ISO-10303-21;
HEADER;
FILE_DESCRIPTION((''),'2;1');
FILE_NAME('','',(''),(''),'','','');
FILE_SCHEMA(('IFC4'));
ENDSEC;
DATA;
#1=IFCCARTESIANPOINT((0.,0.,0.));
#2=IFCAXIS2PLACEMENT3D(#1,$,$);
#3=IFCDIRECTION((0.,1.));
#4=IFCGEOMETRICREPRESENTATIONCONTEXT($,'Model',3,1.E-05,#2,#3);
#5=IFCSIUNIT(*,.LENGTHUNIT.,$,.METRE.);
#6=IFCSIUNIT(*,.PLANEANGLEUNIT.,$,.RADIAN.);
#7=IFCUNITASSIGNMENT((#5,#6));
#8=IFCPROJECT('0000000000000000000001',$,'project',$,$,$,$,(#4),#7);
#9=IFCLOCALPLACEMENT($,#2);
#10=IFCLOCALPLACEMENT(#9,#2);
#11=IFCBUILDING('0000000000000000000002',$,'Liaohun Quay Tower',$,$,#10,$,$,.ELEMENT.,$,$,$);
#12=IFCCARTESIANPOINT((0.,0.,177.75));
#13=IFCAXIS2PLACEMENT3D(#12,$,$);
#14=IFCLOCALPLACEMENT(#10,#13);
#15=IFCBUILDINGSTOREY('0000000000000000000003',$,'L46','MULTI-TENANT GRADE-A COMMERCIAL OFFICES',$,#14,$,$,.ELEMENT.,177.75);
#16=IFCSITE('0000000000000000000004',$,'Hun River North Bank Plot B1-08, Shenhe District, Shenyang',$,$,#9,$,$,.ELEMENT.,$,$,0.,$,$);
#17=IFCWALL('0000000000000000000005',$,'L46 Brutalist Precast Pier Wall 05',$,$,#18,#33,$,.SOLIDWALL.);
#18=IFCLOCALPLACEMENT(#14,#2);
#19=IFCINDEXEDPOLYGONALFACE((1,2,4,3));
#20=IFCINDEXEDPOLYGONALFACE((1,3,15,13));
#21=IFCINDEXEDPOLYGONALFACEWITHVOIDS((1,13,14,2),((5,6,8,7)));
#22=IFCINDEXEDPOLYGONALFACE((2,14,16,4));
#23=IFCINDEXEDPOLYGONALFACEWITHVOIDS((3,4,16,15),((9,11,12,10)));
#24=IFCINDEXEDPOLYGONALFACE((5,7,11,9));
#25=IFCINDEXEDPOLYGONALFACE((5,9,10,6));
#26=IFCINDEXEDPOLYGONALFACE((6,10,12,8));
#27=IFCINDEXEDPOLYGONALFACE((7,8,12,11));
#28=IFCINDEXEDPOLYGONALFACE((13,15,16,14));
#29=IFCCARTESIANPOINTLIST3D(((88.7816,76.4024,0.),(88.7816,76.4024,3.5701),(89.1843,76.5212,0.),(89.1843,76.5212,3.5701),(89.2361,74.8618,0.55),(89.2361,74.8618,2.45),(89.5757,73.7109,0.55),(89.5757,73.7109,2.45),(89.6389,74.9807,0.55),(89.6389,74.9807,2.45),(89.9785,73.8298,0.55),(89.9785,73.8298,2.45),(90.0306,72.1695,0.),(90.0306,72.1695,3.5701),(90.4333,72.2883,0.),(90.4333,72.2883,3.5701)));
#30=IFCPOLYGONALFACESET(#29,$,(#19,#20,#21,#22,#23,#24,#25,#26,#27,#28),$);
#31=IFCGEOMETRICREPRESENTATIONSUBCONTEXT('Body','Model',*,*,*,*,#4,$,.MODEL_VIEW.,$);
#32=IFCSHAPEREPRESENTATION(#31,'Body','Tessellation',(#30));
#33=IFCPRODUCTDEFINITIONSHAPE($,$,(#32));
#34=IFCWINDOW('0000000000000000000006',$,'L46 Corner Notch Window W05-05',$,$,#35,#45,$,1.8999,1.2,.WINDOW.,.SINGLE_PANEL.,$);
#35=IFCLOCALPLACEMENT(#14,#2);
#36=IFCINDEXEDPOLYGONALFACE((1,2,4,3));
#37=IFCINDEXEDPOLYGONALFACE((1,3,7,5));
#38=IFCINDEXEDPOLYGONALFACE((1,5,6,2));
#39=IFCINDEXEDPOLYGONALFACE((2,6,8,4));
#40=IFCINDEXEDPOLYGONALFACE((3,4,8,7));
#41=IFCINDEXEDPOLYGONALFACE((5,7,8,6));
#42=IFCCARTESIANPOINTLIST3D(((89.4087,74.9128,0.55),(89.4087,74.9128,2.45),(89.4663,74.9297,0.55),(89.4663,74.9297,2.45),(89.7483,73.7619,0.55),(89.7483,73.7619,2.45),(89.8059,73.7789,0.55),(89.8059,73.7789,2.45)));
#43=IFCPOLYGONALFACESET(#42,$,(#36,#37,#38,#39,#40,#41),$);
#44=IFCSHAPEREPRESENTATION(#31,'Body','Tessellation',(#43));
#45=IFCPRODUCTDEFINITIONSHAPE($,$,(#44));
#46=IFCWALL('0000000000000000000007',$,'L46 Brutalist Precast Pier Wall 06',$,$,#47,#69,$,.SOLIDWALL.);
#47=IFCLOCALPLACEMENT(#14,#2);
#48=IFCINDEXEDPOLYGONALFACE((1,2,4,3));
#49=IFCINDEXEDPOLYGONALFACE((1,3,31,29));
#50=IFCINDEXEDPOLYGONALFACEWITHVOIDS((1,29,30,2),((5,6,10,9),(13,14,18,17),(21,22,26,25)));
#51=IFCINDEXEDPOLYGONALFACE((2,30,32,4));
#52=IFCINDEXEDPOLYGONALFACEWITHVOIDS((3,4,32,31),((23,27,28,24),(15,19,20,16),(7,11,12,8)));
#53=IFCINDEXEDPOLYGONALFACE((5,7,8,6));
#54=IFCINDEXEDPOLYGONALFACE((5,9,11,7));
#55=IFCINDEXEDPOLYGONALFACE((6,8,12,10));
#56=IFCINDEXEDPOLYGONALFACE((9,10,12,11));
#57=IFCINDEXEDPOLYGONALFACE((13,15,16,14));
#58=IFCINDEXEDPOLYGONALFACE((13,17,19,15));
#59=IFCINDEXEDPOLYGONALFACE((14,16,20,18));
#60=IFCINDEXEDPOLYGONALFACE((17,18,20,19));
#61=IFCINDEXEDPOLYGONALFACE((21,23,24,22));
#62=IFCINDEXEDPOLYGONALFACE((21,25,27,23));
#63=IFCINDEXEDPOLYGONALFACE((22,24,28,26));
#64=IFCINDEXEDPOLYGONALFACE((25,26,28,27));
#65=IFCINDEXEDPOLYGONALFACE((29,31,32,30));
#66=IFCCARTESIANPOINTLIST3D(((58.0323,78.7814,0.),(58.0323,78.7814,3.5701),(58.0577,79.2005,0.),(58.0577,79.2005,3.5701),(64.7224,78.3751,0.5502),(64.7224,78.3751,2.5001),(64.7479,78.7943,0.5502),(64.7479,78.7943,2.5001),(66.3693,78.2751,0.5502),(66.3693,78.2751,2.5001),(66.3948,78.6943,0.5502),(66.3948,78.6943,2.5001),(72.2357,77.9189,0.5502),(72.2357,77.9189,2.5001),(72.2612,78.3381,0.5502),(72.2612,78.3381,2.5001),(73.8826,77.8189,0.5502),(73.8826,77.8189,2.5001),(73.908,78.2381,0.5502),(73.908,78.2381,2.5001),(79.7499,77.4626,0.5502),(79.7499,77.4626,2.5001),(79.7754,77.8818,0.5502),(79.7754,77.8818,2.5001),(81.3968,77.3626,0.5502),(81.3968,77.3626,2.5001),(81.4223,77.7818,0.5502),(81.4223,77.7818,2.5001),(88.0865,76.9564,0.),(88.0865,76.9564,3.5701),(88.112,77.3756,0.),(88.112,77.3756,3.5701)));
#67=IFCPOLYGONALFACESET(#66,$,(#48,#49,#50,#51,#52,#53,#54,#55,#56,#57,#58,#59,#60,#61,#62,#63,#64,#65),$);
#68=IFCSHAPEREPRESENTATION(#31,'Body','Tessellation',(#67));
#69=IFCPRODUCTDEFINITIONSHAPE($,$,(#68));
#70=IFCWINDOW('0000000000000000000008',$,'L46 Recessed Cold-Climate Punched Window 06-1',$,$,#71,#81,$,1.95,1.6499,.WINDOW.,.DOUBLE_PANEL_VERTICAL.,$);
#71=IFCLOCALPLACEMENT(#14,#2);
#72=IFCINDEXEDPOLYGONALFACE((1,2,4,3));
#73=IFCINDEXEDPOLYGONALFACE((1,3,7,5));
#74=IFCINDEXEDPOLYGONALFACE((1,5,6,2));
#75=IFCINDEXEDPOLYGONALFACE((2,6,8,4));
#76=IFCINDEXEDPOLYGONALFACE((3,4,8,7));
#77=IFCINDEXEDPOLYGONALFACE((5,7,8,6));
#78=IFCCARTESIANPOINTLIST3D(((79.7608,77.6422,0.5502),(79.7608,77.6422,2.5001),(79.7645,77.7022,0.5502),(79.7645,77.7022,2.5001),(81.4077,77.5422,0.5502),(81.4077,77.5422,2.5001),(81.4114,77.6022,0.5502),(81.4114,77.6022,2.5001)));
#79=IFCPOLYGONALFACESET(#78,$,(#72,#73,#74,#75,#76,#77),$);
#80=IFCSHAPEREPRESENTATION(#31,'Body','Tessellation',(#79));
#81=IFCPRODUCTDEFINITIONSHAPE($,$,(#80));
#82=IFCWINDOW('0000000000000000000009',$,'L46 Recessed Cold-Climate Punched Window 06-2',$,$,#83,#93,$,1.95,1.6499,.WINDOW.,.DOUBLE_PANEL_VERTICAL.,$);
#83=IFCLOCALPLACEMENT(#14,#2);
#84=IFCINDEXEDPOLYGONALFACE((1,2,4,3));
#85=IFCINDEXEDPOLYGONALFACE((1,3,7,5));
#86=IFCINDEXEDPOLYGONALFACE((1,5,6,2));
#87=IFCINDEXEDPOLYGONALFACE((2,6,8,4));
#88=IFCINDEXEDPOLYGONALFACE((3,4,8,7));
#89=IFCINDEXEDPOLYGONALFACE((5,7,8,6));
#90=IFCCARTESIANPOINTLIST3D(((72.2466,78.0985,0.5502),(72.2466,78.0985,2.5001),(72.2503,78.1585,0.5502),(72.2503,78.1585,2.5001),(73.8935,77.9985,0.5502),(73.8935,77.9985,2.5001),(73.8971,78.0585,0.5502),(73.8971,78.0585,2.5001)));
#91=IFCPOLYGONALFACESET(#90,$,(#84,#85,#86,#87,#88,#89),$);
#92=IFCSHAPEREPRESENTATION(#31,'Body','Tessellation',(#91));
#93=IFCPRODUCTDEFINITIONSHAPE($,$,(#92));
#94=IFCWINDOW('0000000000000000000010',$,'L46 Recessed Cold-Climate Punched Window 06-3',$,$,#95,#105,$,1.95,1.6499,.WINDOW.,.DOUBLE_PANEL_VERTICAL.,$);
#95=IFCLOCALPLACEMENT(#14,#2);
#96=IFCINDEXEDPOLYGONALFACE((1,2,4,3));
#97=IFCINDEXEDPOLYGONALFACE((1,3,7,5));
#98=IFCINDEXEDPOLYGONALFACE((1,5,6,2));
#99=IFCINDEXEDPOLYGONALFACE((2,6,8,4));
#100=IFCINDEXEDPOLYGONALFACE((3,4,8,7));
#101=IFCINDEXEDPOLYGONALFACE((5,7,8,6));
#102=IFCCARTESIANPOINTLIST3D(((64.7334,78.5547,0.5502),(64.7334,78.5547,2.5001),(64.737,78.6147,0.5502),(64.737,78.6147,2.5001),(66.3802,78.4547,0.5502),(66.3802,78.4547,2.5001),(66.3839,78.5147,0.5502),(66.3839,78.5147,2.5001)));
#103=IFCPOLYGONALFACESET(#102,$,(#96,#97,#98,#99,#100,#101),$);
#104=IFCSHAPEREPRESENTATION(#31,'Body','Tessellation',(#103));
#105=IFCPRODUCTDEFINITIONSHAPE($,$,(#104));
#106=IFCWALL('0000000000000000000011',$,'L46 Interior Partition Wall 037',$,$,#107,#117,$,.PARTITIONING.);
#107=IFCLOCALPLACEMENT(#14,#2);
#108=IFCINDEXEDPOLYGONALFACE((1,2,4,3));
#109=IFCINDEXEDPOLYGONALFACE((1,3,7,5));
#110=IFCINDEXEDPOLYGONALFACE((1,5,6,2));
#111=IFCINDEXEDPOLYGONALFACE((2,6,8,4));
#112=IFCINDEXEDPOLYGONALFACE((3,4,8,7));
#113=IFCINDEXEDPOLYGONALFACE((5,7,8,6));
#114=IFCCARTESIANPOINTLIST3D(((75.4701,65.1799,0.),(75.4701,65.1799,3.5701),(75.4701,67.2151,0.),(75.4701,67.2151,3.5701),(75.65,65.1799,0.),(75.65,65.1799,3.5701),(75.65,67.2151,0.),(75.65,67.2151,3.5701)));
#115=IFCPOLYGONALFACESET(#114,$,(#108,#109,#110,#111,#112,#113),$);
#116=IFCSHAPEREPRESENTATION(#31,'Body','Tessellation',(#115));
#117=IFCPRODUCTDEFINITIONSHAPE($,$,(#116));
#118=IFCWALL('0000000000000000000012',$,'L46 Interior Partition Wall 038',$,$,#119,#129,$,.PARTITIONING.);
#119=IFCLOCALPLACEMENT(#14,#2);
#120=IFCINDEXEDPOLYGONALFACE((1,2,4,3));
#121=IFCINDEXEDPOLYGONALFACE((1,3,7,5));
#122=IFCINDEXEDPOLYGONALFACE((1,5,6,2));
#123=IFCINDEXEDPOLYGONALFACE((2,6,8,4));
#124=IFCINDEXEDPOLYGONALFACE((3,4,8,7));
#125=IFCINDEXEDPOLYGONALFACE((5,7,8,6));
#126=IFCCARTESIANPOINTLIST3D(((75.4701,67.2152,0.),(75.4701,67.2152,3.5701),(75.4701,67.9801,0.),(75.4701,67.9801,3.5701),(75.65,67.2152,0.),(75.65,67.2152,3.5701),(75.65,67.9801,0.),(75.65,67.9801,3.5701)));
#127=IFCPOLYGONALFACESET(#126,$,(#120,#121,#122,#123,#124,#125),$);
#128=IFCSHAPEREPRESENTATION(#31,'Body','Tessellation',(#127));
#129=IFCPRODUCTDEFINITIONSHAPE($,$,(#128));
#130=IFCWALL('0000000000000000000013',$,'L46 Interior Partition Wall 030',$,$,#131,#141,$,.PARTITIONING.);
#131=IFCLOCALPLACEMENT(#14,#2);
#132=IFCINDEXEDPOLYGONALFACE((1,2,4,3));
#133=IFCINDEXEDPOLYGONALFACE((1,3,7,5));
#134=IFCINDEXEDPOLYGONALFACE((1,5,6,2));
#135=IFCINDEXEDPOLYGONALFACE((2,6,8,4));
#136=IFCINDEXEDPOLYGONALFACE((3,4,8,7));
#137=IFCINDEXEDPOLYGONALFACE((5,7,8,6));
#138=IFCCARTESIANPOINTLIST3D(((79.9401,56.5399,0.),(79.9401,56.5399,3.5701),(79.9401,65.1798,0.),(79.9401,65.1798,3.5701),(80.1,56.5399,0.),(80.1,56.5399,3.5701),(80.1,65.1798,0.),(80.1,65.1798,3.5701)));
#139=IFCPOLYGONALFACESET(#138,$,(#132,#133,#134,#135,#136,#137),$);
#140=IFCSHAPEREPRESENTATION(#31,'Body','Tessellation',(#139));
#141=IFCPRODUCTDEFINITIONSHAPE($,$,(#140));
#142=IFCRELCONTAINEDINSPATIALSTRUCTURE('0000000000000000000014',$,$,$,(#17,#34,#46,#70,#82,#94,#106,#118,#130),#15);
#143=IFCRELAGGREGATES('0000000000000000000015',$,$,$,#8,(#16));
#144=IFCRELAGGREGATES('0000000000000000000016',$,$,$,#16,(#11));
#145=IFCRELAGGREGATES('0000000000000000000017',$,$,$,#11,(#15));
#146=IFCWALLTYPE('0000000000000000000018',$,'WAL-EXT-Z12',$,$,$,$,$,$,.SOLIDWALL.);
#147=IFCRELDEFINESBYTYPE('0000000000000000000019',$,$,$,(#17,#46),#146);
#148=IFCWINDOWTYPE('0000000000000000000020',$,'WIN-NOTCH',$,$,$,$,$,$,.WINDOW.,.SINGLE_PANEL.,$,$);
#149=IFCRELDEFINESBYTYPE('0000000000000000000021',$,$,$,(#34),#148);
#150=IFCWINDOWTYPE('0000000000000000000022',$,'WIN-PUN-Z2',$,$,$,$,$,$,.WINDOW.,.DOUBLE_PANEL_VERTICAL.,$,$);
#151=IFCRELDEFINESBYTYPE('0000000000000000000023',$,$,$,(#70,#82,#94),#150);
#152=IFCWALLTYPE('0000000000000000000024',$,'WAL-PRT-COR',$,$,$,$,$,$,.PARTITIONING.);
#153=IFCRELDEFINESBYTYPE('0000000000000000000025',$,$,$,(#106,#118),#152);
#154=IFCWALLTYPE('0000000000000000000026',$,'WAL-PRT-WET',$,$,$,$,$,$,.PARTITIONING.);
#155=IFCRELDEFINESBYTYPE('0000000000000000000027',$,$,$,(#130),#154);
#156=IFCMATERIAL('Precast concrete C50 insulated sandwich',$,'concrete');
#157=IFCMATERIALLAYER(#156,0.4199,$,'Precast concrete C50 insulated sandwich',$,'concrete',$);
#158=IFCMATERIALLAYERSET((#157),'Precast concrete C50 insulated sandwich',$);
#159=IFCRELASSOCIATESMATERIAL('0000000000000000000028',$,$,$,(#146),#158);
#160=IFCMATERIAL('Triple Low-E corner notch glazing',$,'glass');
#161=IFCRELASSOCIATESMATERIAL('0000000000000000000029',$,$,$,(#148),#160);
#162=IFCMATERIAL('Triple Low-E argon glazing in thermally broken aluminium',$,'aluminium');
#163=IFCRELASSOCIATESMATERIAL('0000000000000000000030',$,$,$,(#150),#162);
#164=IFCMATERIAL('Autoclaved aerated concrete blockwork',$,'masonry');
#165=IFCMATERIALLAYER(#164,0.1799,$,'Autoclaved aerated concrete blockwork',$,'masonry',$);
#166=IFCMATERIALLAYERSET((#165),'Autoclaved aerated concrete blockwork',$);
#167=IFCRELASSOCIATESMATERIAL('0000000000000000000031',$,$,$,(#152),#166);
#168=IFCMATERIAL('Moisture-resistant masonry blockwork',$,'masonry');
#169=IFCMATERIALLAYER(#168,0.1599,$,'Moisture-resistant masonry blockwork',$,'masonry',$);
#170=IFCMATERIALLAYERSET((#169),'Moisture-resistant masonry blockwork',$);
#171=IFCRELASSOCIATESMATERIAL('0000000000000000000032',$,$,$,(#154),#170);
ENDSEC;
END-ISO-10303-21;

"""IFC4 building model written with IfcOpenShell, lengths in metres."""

from ifc_helpers import new_model, si_unit, direction, frame, frame_2d, origin, place, context, subcontext, project, spatial, rectangle, extrude, source, transform, mapped, material, layer, layer_set, type_object, element, fill, save


model = new_model("IFC4")

# Units and contexts
model_context = context("Model", 3, precision=1e-05, world=origin(), true_north=direction((0.0, 1.0)))
body_context = subcontext(model_context, "Body", "Model", "MODEL_VIEW")
ifc_project = project(units=[si_unit("LENGTHUNIT", "METRE"), si_unit("PLANEANGLEUNIT", "RADIAN")], contexts=[model_context])

# Site, building, storey
site_placement = place(None, origin())
site = spatial("IfcSite", under=ifc_project, at=site_placement, Name="Hun River North Bank Plot B1-08, Shenhe District, Shenyang", CompositionType="ELEMENT", RefElevation=0.0)
building_placement = place(site_placement, origin())
building = spatial("IfcBuilding", under=site, at=building_placement, Name="Liaohun Quay Tower", CompositionType="ELEMENT")
storey_placement = place(building_placement, frame((0.0, 0.0, 177.75)))
storey = spatial("IfcBuildingStorey", under=building, at=storey_placement, Name="L46", Description="MULTI-TENANT GRADE-A COMMERCIAL OFFICES", CompositionType="ELEMENT", Elevation=177.75)

# Wall, opening, window
ifc_material_1 = material(Name="Precast concrete C50 insulated sandwich", Category="concrete")
ifc_layer_1 = layer(ifc_material_1, 0.4199, Name="Precast concrete C50 insulated sandwich", Category="concrete")
ifc_layer_set_1 = layer_set([ifc_layer_1], Name="Precast concrete C50 insulated sandwich")
wall_type_1 = type_object("IfcWallType", Name="WAL-EXT-Z12", PredefinedType="SOLIDWALL", material=ifc_layer_set_1)
shared_shape_1 = source(origin(), body_context, "Body", "SweptSolid", [
    extrude(rectangle(XDim=1.2, YDim=1.8999, at=frame_2d((0.6001, 0.95))), frame((0.0, 0.22, 0.0), z_axis=(0.0, -1.0, 0.0), x_axis=(1.0, 0.0, 0.0)), (0.0, 0.0, 1.0), 0.4399),
])
ifc_material_2 = material(Name="Triple Low-E corner notch glazing", Category="glass")
window_type_1 = type_object("IfcWindowType", Name="WIN-NOTCH", PartitioningType="SINGLE_PANEL", PredefinedType="WINDOW", material=ifc_material_2)
shared_shape_2 = source(origin(), body_context, "Body", "SweptSolid", [
    extrude(rectangle(XDim=1.2, YDim=1.8999, at=frame_2d((0.6001, 0.95))), frame((0.0, 0.03, 0.0), z_axis=(0.0, -1.0, 0.0), x_axis=(1.0, 0.0, 0.0)), (0.0, 0.0, 1.0), 0.0601),
])
wall_1_placement = place(storey_placement, frame((90.2319, 72.229, 0.0), z_axis=(0.0, 0.0, 1.0), x_axis=(-0.283011, 0.959117, 0.0)))
wall_1 = element("IfcWall", 1, at=wall_1_placement, inside=storey, type_object=wall_type_1, Name="L46 Brutalist Precast Pier Wall 05", PredefinedType="SOLIDWALL", context=body_context, shape_type="SweptSolid", body=[
    extrude(rectangle(XDim=4.4133, YDim=0.4199, at=frame_2d((2.2065, 0.0))), origin(), (0.0, 0.0, 1.0), 3.5701),
])
opening_1_placement = place(wall_1_placement, frame((1.6069, 0.0, 0.55)))
opening_1 = element("IfcOpeningElement", 2, at=opening_1_placement, cuts=wall_1, PredefinedType="OPENING", context=body_context, shape_type="MappedRepresentation", body=[
    mapped(shared_shape_1, transform((0.0, 0.0, 0.0), x_axis=(1.0, 0.0, 0.0), y_axis=(0.0, 1.0, 0.0), z_axis=(0.0, 0.0, 1.0), scale=1.0)),
])
window_1_placement = place(opening_1_placement, origin())
window_1 = element("IfcWindow", 3, at=window_1_placement, inside=storey, type_object=window_type_1, Name="L46 Corner Notch Window W05-05", OverallHeight=1.8999, OverallWidth=1.2, PartitioningType="SINGLE_PANEL", PredefinedType="WINDOW", context=body_context, shape_type="MappedRepresentation", body=[
    mapped(shared_shape_2, transform((0.0, 0.0, 0.0), x_axis=(1.0, 0.0, 0.0), y_axis=(0.0, 1.0, 0.0), z_axis=(0.0, 0.0, 1.0), scale=1.0)),
])
fill(opening_1, window_1)

# Wall, openings, windows
wall_2_placement = place(storey_placement, frame((88.0991, 77.166, 0.0), z_axis=(0.0, 0.0, 1.0), x_axis=(-0.998162, 0.06061, 0.0)))
wall_2 = element("IfcWall", 4, at=wall_2_placement, inside=storey, type_object=wall_type_1, Name="L46 Brutalist Precast Pier Wall 06", PredefinedType="SOLIDWALL", context=body_context, shape_type="SweptSolid", body=[
    extrude(rectangle(XDim=30.1096, YDim=0.4199, at=frame_2d((15.0547, 0.0))), origin(), (0.0, 0.0, 1.0), 3.5701),
])
shared_shape_3 = source(origin(), body_context, "Body", "SweptSolid", [
    extrude(rectangle(XDim=1.6499, YDim=1.95, at=frame_2d((0.825, 0.9751))), frame((0.0, 0.22, 0.0), z_axis=(0.0, -1.0, 0.0), x_axis=(1.0, 0.0, 0.0)), (0.0, 0.0, 1.0), 0.4399),
])
opening_2_placement = place(wall_2_placement, frame((6.7019, 0.0, 0.55)))
opening_2 = element("IfcOpeningElement", 5, at=opening_2_placement, cuts=wall_2, PredefinedType="OPENING", context=body_context, shape_type="MappedRepresentation", body=[
    mapped(shared_shape_3, transform((0.0, 0.0, 0.0), x_axis=(1.0, 0.0, 0.0), y_axis=(0.0, 1.0, 0.0), z_axis=(0.0, 0.0, 1.0), scale=1.0)),
])
opening_3_placement = place(wall_2_placement, frame((14.23, 0.0, 0.55)))
opening_3 = element("IfcOpeningElement", 6, at=opening_3_placement, cuts=wall_2, PredefinedType="OPENING", context=body_context, shape_type="MappedRepresentation", body=[
    mapped(shared_shape_3, transform((0.0, 0.0, 0.0), x_axis=(1.0, 0.0, 0.0), y_axis=(0.0, 1.0, 0.0), z_axis=(0.0, 0.0, 1.0), scale=1.0)),
])
opening_4_placement = place(wall_2_placement, frame((21.7571, 0.0, 0.55)))
opening_4 = element("IfcOpeningElement", 7, at=opening_4_placement, cuts=wall_2, PredefinedType="OPENING", context=body_context, shape_type="MappedRepresentation", body=[
    mapped(shared_shape_3, transform((0.0, 0.0, 0.0), x_axis=(1.0, 0.0, 0.0), y_axis=(0.0, 1.0, 0.0), z_axis=(0.0, 0.0, 1.0), scale=1.0)),
])
ifc_material_3 = material(Name="Triple Low-E argon glazing in thermally broken aluminium", Category="aluminium")
window_type_2 = type_object("IfcWindowType", Name="WIN-PUN-Z2", PartitioningType="DOUBLE_PANEL_VERTICAL", PredefinedType="WINDOW", material=ifc_material_3)
shared_shape_4 = source(origin(), body_context, "Body", "SweptSolid", [
    extrude(rectangle(XDim=1.6499, YDim=1.95, at=frame_2d((0.825, 0.9751))), frame((0.0, 0.03, 0.0), z_axis=(0.0, -1.0, 0.0), x_axis=(1.0, 0.0, 0.0)), (0.0, 0.0, 1.0), 0.0601),
])
window_2_placement = place(opening_2_placement, origin())
window_2 = element("IfcWindow", 8, at=window_2_placement, inside=storey, type_object=window_type_2, Name="L46 Recessed Cold-Climate Punched Window 06-1", OverallHeight=1.95, OverallWidth=1.6499, PartitioningType="DOUBLE_PANEL_VERTICAL", PredefinedType="WINDOW", context=body_context, shape_type="MappedRepresentation", body=[
    mapped(shared_shape_4, transform((0.0, 0.0, 0.0), x_axis=(1.0, 0.0, 0.0), y_axis=(0.0, 1.0, 0.0), z_axis=(0.0, 0.0, 1.0), scale=1.0)),
])
fill(opening_2, window_2)
window_3_placement = place(opening_3_placement, origin())
window_3 = element("IfcWindow", 9, at=window_3_placement, inside=storey, type_object=window_type_2, Name="L46 Recessed Cold-Climate Punched Window 06-2", OverallHeight=1.95, OverallWidth=1.6499, PartitioningType="DOUBLE_PANEL_VERTICAL", PredefinedType="WINDOW", context=body_context, shape_type="MappedRepresentation", body=[
    mapped(shared_shape_4, transform((0.0, 0.0, 0.0), x_axis=(1.0, 0.0, 0.0), y_axis=(0.0, 1.0, 0.0), z_axis=(0.0, 0.0, 1.0), scale=1.0)),
])
fill(opening_3, window_3)
window_4_placement = place(opening_4_placement, origin())
window_4 = element("IfcWindow", 10, at=window_4_placement, inside=storey, type_object=window_type_2, Name="L46 Recessed Cold-Climate Punched Window 06-3", OverallHeight=1.95, OverallWidth=1.6499, PartitioningType="DOUBLE_PANEL_VERTICAL", PredefinedType="WINDOW", context=body_context, shape_type="MappedRepresentation", body=[
    mapped(shared_shape_4, transform((0.0, 0.0, 0.0), x_axis=(1.0, 0.0, 0.0), y_axis=(0.0, 1.0, 0.0), z_axis=(0.0, 0.0, 1.0), scale=1.0)),
])
fill(opening_4, window_4)

# Walls
ifc_material_4 = material(Name="Autoclaved aerated concrete blockwork", Category="masonry")
ifc_layer_2 = layer(ifc_material_4, 0.1799, Name="Autoclaved aerated concrete blockwork", Category="masonry")
ifc_layer_set_2 = layer_set([ifc_layer_2], Name="Autoclaved aerated concrete blockwork")
wall_type_2 = type_object("IfcWallType", Name="WAL-PRT-COR", PredefinedType="PARTITIONING", material=ifc_layer_set_2)
wall_3_placement = place(storey_placement, frame((75.5601, 67.2151, 0.0), z_axis=(0.0, 0.0, 1.0), x_axis=(0.0, -1.0, 0.0)))
element("IfcWall", 11, at=wall_3_placement, inside=storey, type_object=wall_type_2, Name="L46 Interior Partition Wall 037", PredefinedType="PARTITIONING", context=body_context, shape_type="SweptSolid", body=[
    extrude(rectangle(XDim=2.0352, YDim=0.1799, at=frame_2d((1.0176, 0.0))), origin(), (0.0, 0.0, 1.0), 3.5701),
])
wall_4_placement = place(storey_placement, frame((75.5601, 67.98, 0.0), z_axis=(0.0, 0.0, 1.0), x_axis=(0.0, -1.0, 0.0)))
element("IfcWall", 12, at=wall_4_placement, inside=storey, type_object=wall_type_2, Name="L46 Interior Partition Wall 038", PredefinedType="PARTITIONING", context=body_context, shape_type="SweptSolid", body=[
    extrude(rectangle(XDim=0.7649, YDim=0.1799, at=frame_2d((0.3823, 0.0))), origin(), (0.0, 0.0, 1.0), 3.5701),
])
ifc_material_5 = material(Name="Moisture-resistant masonry blockwork", Category="masonry")
ifc_layer_3 = layer(ifc_material_5, 0.1599, Name="Moisture-resistant masonry blockwork", Category="masonry")
ifc_layer_set_3 = layer_set([ifc_layer_3], Name="Moisture-resistant masonry blockwork")
wall_type_3 = type_object("IfcWallType", Name="WAL-PRT-WET", PredefinedType="PARTITIONING", material=ifc_layer_set_3)
wall_5_placement = place(storey_placement, frame((80.02, 56.54, 0.0), z_axis=(0.0, 0.0, 1.0), x_axis=(0.0, 1.0, 0.0)))
element("IfcWall", 13, at=wall_5_placement, inside=storey, type_object=wall_type_3, Name="L46 Interior Partition Wall 030", PredefinedType="PARTITIONING", context=body_context, shape_type="SweptSolid", body=[
    extrude(rectangle(XDim=8.6399, YDim=0.1599, at=frame_2d((4.3198, 0.0))), origin(), (0.0, 0.0, 1.0), 3.5701),
])

save(model, "model.ifc")
